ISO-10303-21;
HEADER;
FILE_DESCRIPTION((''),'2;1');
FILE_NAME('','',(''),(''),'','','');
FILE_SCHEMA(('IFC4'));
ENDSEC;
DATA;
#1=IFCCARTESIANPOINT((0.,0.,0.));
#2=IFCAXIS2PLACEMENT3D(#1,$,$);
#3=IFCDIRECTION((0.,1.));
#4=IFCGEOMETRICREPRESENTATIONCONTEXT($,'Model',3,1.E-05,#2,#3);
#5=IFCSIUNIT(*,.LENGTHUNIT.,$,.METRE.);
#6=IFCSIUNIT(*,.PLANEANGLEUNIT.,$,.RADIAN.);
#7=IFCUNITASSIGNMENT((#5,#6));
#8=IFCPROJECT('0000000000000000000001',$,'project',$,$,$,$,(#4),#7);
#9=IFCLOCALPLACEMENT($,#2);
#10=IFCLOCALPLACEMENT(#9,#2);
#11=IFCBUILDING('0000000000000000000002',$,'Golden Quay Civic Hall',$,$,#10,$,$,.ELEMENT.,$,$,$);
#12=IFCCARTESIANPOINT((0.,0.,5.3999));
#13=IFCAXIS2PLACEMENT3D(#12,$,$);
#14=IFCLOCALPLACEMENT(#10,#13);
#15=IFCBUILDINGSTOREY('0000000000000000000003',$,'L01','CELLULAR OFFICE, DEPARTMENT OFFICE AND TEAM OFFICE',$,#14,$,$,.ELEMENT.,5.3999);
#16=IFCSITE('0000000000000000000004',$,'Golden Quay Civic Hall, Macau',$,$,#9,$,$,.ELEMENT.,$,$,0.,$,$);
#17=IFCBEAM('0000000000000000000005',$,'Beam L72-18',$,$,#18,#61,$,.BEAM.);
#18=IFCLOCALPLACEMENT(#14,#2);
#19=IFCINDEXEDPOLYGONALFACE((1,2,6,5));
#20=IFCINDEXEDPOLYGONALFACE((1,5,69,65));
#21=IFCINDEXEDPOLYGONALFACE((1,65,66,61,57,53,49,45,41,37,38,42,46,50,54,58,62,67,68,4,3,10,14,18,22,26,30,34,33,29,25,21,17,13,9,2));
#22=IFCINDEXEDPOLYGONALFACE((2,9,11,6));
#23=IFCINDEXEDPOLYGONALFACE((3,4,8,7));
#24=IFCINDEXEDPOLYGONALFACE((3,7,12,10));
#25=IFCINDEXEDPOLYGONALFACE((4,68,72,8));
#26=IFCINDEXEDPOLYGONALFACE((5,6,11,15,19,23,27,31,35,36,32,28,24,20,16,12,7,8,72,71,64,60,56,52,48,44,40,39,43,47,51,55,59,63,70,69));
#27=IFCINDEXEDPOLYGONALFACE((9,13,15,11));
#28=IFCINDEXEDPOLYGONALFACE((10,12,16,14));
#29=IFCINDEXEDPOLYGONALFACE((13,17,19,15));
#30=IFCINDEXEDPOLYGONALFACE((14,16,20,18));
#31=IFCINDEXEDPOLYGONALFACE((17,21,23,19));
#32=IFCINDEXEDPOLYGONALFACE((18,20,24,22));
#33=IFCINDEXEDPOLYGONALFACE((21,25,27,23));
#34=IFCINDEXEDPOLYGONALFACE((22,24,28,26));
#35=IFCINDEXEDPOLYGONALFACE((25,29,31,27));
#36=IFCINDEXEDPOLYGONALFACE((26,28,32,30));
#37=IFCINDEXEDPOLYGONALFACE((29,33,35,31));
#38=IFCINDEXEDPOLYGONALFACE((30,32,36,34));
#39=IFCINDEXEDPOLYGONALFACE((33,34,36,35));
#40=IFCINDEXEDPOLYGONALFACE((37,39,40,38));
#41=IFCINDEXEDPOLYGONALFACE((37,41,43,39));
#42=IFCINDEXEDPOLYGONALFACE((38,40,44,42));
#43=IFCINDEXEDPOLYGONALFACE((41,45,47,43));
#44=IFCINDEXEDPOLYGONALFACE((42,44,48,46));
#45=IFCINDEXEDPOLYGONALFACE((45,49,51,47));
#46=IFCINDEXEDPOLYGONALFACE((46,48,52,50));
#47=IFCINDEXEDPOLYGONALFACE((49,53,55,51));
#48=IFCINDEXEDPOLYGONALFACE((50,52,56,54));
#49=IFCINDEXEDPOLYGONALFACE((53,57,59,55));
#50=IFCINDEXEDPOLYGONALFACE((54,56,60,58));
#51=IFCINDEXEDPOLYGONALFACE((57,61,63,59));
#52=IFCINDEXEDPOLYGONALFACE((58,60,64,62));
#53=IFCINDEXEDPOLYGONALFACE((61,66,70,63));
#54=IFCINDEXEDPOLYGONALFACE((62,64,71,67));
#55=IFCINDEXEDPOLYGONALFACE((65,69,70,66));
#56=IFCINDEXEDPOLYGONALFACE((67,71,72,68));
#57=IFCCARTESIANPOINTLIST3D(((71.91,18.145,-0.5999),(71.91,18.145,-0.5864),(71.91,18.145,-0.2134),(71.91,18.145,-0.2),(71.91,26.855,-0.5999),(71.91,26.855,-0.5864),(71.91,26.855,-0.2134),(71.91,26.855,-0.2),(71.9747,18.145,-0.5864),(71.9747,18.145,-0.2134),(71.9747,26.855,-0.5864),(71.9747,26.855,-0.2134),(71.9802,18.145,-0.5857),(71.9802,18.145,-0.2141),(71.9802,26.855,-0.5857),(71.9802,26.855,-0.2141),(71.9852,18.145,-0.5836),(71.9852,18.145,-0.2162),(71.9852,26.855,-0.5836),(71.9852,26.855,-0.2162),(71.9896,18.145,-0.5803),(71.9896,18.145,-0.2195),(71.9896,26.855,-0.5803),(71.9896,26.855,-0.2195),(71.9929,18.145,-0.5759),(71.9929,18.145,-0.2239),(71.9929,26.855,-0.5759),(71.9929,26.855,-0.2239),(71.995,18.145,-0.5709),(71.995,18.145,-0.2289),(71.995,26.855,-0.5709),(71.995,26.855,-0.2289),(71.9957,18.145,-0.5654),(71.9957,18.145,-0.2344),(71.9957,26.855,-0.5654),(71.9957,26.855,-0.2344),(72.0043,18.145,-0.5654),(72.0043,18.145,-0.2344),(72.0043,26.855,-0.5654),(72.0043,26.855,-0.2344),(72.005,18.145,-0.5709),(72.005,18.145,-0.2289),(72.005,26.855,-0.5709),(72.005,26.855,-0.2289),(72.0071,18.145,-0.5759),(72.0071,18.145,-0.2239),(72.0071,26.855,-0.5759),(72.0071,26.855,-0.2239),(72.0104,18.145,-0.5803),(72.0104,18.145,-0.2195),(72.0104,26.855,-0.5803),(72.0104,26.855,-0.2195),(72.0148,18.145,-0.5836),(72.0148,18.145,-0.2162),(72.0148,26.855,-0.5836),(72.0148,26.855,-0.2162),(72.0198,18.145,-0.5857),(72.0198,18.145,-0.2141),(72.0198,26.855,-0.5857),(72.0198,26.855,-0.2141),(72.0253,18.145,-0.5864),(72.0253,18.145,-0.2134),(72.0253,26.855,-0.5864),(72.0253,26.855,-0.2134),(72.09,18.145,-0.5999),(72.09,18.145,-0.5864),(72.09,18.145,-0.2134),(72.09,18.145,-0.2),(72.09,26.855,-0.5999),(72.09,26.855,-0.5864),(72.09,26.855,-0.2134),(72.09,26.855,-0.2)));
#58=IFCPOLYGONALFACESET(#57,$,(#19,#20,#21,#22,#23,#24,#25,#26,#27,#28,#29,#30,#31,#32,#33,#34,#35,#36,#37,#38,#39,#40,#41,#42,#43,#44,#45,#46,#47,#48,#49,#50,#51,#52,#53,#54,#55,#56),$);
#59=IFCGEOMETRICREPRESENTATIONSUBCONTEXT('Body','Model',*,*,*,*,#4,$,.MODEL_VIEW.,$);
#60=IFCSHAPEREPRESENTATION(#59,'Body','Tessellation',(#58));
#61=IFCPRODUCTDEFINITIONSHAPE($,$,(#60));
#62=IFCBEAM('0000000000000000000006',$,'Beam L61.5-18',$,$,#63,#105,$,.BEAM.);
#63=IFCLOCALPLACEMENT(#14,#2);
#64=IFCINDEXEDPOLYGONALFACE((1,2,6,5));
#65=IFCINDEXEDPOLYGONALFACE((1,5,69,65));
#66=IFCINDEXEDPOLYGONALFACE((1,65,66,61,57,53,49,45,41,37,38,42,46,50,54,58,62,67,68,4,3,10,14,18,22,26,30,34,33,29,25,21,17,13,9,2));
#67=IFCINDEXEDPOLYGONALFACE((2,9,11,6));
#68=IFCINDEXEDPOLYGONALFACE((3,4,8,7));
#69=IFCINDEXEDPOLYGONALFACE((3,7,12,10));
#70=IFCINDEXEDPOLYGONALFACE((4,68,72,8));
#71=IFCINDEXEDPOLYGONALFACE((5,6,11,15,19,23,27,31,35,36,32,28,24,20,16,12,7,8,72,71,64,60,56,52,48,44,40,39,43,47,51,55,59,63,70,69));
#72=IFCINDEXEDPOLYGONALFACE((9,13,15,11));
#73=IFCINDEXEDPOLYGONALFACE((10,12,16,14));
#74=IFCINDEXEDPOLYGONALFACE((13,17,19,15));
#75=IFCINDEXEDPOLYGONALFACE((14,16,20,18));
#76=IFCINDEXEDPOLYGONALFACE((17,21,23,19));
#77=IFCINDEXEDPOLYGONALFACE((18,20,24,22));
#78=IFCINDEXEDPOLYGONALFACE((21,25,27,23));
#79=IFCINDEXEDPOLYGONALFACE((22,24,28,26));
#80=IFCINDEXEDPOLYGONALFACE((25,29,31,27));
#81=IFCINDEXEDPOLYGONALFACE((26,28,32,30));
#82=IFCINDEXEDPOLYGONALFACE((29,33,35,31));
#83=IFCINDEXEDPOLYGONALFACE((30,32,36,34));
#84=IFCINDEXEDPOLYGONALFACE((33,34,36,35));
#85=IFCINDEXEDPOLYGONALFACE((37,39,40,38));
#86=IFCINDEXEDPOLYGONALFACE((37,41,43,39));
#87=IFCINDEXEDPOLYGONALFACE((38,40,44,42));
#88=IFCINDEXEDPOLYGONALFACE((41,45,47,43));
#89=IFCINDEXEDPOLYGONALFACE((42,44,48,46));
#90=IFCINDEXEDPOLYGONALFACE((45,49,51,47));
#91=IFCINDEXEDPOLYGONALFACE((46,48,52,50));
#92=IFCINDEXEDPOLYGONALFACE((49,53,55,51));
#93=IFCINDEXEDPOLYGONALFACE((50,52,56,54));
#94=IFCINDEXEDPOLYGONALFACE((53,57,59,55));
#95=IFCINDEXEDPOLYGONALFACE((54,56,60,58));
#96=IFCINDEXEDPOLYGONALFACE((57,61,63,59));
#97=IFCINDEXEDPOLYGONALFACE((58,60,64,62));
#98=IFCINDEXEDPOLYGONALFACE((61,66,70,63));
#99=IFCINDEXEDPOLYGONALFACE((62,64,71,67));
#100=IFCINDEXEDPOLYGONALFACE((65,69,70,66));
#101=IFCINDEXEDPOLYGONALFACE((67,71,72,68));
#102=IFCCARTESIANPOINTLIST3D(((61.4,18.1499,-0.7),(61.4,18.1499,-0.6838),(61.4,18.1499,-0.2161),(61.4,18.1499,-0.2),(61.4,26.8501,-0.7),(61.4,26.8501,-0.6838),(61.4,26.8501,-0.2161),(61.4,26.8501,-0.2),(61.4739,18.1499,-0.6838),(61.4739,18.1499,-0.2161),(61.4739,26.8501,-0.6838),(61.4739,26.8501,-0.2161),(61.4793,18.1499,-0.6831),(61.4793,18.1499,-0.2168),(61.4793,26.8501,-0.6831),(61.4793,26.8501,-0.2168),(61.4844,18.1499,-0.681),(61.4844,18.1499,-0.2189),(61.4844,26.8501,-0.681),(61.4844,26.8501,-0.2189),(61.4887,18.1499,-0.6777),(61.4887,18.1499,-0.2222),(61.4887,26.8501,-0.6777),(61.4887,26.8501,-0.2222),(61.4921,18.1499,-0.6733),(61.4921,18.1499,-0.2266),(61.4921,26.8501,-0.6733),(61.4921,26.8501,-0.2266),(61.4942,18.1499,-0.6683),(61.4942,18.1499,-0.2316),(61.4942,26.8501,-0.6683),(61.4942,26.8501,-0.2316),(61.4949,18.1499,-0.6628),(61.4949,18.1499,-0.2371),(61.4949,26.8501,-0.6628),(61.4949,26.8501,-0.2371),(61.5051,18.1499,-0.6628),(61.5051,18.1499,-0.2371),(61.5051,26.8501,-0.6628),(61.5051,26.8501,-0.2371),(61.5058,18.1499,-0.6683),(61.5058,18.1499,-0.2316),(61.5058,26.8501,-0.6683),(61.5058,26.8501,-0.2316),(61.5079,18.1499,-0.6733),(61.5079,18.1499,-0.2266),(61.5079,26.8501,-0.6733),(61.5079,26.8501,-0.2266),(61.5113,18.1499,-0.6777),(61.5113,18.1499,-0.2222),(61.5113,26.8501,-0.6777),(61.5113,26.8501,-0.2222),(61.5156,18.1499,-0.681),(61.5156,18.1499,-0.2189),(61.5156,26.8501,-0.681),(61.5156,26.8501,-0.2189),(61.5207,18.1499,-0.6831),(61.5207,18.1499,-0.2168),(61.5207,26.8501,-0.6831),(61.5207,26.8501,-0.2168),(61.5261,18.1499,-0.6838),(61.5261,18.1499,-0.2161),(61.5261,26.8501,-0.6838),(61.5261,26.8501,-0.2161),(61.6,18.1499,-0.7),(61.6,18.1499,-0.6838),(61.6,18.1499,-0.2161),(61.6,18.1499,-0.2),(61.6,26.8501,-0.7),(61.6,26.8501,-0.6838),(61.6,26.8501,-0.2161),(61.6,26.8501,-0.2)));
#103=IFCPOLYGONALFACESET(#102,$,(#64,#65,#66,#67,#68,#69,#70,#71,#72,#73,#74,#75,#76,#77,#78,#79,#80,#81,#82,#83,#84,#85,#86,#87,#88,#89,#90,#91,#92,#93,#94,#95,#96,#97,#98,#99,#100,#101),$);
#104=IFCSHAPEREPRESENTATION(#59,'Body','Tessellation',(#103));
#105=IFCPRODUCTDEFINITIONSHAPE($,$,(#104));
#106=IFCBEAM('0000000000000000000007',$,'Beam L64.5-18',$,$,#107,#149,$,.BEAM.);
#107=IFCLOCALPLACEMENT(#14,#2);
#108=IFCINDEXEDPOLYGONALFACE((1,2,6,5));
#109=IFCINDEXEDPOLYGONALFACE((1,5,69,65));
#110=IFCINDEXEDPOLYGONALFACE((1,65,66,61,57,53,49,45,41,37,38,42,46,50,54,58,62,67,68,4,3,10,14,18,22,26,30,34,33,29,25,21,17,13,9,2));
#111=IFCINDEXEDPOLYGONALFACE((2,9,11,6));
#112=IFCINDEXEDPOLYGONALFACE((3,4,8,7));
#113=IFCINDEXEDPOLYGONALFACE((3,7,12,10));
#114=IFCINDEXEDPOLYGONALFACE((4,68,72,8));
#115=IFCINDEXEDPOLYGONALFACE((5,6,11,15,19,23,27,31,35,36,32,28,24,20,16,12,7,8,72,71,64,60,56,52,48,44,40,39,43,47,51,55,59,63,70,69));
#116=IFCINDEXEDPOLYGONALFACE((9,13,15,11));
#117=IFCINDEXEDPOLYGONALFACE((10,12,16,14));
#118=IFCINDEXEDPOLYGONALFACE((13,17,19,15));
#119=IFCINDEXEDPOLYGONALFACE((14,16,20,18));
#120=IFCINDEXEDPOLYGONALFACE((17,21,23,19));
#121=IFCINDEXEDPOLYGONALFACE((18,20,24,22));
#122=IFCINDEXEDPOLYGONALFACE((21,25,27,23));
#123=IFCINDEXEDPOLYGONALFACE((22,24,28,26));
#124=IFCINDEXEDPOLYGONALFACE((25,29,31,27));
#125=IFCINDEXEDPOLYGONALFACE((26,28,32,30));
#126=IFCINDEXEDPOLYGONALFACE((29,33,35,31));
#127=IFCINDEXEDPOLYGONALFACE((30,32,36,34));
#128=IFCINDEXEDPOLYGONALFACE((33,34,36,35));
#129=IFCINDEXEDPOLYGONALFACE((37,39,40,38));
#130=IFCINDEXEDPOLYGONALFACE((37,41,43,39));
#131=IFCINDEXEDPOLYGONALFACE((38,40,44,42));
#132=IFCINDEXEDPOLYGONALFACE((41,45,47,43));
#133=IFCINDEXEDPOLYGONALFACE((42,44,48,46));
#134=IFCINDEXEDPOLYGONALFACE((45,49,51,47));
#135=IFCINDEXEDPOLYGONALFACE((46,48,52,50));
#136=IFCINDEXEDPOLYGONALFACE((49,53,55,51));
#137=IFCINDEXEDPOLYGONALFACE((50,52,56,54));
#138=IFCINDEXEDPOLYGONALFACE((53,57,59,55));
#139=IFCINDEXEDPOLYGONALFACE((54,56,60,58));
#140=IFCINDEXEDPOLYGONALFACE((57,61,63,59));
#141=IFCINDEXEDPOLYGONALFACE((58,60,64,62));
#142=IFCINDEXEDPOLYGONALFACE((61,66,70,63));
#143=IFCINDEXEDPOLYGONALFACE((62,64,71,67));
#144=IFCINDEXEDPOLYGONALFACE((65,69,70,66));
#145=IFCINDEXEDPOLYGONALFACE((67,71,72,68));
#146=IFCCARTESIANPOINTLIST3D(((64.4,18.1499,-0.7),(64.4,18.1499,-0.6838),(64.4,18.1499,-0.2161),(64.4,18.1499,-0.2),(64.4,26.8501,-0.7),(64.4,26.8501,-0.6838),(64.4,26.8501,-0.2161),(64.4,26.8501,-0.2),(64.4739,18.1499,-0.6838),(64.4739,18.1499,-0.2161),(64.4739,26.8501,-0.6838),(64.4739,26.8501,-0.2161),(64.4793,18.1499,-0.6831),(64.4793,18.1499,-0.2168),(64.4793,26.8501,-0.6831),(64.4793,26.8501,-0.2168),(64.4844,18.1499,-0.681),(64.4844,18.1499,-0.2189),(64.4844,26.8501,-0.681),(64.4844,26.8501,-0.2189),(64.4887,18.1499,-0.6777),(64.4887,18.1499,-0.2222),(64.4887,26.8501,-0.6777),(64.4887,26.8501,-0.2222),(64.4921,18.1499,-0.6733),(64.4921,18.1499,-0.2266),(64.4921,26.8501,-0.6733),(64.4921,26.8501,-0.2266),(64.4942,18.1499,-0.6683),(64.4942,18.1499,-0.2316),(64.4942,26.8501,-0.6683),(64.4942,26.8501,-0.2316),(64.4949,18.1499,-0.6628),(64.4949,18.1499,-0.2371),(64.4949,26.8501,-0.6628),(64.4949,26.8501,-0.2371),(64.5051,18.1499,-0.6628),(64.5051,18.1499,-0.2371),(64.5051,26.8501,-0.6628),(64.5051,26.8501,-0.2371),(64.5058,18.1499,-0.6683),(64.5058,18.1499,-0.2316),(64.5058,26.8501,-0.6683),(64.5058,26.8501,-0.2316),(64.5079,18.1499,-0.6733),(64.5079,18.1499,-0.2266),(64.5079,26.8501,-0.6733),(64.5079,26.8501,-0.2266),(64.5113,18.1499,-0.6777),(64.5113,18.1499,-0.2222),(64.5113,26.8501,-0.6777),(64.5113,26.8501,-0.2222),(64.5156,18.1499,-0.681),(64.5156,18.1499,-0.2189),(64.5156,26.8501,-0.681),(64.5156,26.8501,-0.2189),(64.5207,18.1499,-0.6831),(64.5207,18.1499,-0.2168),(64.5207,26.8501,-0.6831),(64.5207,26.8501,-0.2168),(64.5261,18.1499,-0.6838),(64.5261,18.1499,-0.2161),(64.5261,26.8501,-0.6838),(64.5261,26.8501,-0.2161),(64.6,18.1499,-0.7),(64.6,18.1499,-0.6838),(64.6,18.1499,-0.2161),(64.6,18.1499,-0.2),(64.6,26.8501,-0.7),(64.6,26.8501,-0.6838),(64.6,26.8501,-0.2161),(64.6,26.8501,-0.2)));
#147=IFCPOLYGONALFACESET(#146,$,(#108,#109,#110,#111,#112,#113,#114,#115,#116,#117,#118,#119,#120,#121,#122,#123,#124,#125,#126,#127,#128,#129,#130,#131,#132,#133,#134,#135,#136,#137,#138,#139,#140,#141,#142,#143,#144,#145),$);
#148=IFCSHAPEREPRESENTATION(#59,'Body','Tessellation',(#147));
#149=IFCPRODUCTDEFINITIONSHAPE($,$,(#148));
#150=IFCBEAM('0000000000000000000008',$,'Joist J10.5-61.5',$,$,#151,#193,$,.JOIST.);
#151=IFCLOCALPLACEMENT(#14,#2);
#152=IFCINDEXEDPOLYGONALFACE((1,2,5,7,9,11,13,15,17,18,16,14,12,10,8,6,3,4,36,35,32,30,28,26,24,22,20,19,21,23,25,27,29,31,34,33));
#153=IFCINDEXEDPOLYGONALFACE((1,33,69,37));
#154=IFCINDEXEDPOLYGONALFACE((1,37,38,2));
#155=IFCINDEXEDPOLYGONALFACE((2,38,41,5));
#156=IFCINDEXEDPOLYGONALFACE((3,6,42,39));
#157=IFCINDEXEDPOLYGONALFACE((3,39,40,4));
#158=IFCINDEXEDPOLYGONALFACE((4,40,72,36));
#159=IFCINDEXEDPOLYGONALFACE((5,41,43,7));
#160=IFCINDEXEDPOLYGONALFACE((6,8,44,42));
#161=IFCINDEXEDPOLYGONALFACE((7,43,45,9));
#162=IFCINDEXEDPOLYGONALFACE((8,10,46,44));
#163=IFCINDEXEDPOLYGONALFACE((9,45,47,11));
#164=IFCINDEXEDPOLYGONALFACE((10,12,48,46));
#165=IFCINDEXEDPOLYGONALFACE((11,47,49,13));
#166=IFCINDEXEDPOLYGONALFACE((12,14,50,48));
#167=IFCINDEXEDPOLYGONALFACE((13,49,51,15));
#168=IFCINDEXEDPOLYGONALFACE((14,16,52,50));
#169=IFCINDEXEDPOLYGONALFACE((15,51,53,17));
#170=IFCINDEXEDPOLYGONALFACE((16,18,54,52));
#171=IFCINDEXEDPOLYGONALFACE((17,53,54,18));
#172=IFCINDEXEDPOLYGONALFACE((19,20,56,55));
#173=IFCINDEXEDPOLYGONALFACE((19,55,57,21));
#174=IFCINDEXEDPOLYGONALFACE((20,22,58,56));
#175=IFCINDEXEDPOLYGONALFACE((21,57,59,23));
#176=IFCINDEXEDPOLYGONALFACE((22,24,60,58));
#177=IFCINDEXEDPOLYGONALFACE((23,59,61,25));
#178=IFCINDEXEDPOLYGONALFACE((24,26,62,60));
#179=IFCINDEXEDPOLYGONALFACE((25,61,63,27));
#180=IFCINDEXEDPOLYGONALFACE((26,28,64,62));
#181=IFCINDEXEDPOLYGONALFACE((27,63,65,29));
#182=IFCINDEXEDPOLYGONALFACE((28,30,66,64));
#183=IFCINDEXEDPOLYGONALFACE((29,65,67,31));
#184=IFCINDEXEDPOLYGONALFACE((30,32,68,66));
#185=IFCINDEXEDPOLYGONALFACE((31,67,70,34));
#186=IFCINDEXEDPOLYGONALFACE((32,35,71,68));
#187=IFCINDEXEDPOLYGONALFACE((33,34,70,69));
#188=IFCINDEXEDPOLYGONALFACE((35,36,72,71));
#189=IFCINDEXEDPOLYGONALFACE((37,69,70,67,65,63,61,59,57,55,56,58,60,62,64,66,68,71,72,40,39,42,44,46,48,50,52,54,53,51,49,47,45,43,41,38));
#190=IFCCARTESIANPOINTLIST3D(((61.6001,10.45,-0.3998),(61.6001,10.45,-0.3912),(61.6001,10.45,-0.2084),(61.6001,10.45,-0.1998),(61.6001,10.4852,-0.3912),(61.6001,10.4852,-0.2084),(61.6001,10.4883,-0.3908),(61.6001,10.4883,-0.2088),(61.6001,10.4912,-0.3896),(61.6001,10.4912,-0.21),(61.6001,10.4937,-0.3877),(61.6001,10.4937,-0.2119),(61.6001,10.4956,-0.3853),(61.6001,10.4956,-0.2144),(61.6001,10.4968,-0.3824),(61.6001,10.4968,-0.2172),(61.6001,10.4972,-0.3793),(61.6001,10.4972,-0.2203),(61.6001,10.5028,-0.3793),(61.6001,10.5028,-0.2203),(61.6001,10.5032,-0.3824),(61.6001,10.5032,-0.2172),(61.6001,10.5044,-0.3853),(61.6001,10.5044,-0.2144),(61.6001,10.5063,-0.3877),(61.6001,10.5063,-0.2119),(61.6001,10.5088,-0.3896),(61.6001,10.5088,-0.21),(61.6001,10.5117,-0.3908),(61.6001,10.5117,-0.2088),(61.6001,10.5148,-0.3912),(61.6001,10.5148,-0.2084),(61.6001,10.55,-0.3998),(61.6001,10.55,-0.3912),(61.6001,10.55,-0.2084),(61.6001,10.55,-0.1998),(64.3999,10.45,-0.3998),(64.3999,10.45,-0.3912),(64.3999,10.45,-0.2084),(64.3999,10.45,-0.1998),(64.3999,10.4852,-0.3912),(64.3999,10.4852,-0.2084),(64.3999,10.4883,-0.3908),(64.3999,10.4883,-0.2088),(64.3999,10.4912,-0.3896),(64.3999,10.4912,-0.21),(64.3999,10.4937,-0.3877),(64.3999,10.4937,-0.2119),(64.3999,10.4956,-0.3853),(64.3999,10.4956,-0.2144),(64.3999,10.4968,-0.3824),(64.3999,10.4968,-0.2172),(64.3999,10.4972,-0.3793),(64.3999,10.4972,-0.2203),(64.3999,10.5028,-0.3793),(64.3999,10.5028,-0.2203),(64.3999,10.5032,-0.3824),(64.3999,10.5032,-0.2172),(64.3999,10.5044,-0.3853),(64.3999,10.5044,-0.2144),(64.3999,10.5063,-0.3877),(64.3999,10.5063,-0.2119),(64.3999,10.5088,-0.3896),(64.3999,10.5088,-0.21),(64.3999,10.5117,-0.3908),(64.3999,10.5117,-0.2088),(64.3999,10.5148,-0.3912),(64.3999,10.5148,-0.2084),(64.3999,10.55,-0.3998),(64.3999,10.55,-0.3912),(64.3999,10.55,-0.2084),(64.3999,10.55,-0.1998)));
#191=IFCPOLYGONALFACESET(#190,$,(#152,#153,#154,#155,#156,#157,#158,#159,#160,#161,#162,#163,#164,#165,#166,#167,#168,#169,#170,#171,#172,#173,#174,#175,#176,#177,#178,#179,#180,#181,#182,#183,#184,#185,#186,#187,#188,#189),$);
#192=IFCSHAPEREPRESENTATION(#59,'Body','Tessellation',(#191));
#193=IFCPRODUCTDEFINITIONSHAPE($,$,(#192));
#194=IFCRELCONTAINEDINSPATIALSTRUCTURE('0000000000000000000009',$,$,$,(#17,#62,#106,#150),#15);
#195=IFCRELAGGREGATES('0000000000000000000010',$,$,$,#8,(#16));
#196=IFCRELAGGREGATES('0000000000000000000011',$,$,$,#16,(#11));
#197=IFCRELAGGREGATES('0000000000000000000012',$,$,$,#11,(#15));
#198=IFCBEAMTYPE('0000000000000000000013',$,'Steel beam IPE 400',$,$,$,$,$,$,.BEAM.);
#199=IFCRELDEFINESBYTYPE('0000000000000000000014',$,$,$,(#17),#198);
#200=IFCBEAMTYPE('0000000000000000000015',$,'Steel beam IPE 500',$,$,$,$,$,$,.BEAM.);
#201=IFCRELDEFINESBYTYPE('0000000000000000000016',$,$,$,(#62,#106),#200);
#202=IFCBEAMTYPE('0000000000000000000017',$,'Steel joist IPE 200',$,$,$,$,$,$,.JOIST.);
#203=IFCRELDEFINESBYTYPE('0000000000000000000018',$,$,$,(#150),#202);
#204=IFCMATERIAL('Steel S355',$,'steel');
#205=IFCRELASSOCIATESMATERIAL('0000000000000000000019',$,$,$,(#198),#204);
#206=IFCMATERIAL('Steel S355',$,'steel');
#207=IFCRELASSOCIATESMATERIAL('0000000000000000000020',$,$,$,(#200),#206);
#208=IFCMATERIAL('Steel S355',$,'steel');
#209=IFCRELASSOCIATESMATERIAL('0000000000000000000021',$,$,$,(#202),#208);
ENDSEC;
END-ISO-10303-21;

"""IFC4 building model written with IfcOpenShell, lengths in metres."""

from ifc_helpers import new_model, si_unit, direction, frame, origin, origin_2d, place, context, subcontext, project, spatial, i_section, extrude, material, material_profile, profile_set, type_object, element, save


model = new_model("IFC4")

# Units and contexts
model_context = context("Model", 3, precision=1e-05, world=origin(), true_north=direction((0.0, 1.0)))
body_context = subcontext(model_context, "Body", "Model", "MODEL_VIEW")
ifc_project = project(units=[si_unit("LENGTHUNIT", "METRE"), si_unit("PLANEANGLEUNIT", "RADIAN")], contexts=[model_context])

# Site, building, storey
site_placement = place(None, origin())
site = spatial("IfcSite", under=ifc_project, at=site_placement, Name="Golden Quay Civic Hall, Macau", CompositionType="ELEMENT", RefElevation=0.0)
building_placement = place(site_placement, origin())
building = spatial("IfcBuilding", under=site, at=building_placement, Name="Golden Quay Civic Hall", CompositionType="ELEMENT")
storey_placement = place(building_placement, frame((0.0, 0.0, 5.3999)))
storey = spatial("IfcBuildingStorey", under=building, at=storey_placement, Name="L01", Description="CELLULAR OFFICE, DEPARTMENT OFFICE AND TEAM OFFICE", CompositionType="ELEMENT", Elevation=5.3999)

# Beams
ifc_material_1 = material(Name="Steel S355", Category="steel")
ifc_material_profile_1 = material_profile(ifc_material_1, i_section(OverallWidth=0.1799, OverallDepth=0.3999, WebThickness=0.0085, FlangeThickness=0.0134, FilletRadius=0.021, at=origin_2d()), Name="IPE 400")
ifc_profile_set_1 = profile_set([ifc_material_profile_1], Name="Steel S355")
beam_type_1 = type_object("IfcBeamType", Name="Steel beam IPE 400", PredefinedType="BEAM", material=ifc_profile_set_1)
beam_1_placement = place(storey_placement, frame((72.0, 18.145, -0.3999), z_axis=(0.0, 1.0, 0.0), x_axis=(-1.0, 0.0, 0.0)))
element("IfcBeam", 1, at=beam_1_placement, inside=storey, type_object=beam_type_1, Name="Beam L72-18", PredefinedType="BEAM", context=body_context, shape_type="SweptSolid", body=[
    extrude(i_section(OverallWidth=0.1799, OverallDepth=0.3999, WebThickness=0.0085, FlangeThickness=0.0134, FilletRadius=0.021, at=origin_2d()), origin(), (0.0, 0.0, 1.0), 8.71),
])
ifc_material_2 = material(Name="Steel S355", Category="steel")
ifc_material_profile_2 = material_profile(ifc_material_2, i_section(OverallWidth=0.2, OverallDepth=0.5, WebThickness=0.0103, FlangeThickness=0.0161, FilletRadius=0.021, at=origin_2d()), Name="IPE 500")
ifc_profile_set_2 = profile_set([ifc_material_profile_2], Name="Steel S355")
beam_type_2 = type_object("IfcBeamType", Name="Steel beam IPE 500", PredefinedType="BEAM", material=ifc_profile_set_2)
for number, where, z_axis, x_axis, name in (
    (2, (61.5, 18.1499, -0.45), (0.0, 1.0, 0.0), (-1.0, 0.0, 0.0), "Beam L61.5-18"),
    (3, (64.5, 18.1499, -0.45), (0.0, 1.0, 0.0), (-1.0, 0.0, 0.0), "Beam L64.5-18"),
):
    element("IfcBeam", number, at=place(storey_placement, frame(where, z_axis=z_axis, x_axis=x_axis)), inside=storey, type_object=beam_type_2, Name=name, PredefinedType="BEAM", context=body_context, shape_type="SweptSolid", body=[
        extrude(i_section(OverallWidth=0.2, OverallDepth=0.5, WebThickness=0.0103, FlangeThickness=0.0161, FilletRadius=0.021, at=origin_2d()), origin(), (0.0, 0.0, 1.0), 8.7002),
    ])
ifc_material_3 = material(Name="Steel S355", Category="steel")
ifc_material_profile_3 = material_profile(ifc_material_3, i_section(OverallWidth=0.1001, OverallDepth=0.2, WebThickness=0.0056, FlangeThickness=0.0085, FilletRadius=0.012, at=origin_2d()), Name="IPE 200")
ifc_profile_set_3 = profile_set([ifc_material_profile_3], Name="Steel S355")
beam_type_3 = type_object("IfcBeamType", Name="Steel joist IPE 200", PredefinedType="JOIST", material=ifc_profile_set_3)
for number, where, z_axis, x_axis, name in (
    (4, (61.6001, 10.5, -0.2998), (1.0, 0.0, 0.0), (0.0, 1.0, 0.0), "Joist J10.5-61.5"),
):
    element("IfcBeam", number, at=place(storey_placement, frame(where, z_axis=z_axis, x_axis=x_axis)), inside=storey, type_object=beam_type_3, Name=name, PredefinedType="JOIST", context=body_context, shape_type="SweptSolid", body=[
        extrude(i_section(OverallWidth=0.1001, OverallDepth=0.2, WebThickness=0.0056, FlangeThickness=0.0085, FilletRadius=0.012, at=origin_2d()), origin(), (0.0, 0.0, 1.0), 2.7998),
    ])

save(model, "model.ifc")
